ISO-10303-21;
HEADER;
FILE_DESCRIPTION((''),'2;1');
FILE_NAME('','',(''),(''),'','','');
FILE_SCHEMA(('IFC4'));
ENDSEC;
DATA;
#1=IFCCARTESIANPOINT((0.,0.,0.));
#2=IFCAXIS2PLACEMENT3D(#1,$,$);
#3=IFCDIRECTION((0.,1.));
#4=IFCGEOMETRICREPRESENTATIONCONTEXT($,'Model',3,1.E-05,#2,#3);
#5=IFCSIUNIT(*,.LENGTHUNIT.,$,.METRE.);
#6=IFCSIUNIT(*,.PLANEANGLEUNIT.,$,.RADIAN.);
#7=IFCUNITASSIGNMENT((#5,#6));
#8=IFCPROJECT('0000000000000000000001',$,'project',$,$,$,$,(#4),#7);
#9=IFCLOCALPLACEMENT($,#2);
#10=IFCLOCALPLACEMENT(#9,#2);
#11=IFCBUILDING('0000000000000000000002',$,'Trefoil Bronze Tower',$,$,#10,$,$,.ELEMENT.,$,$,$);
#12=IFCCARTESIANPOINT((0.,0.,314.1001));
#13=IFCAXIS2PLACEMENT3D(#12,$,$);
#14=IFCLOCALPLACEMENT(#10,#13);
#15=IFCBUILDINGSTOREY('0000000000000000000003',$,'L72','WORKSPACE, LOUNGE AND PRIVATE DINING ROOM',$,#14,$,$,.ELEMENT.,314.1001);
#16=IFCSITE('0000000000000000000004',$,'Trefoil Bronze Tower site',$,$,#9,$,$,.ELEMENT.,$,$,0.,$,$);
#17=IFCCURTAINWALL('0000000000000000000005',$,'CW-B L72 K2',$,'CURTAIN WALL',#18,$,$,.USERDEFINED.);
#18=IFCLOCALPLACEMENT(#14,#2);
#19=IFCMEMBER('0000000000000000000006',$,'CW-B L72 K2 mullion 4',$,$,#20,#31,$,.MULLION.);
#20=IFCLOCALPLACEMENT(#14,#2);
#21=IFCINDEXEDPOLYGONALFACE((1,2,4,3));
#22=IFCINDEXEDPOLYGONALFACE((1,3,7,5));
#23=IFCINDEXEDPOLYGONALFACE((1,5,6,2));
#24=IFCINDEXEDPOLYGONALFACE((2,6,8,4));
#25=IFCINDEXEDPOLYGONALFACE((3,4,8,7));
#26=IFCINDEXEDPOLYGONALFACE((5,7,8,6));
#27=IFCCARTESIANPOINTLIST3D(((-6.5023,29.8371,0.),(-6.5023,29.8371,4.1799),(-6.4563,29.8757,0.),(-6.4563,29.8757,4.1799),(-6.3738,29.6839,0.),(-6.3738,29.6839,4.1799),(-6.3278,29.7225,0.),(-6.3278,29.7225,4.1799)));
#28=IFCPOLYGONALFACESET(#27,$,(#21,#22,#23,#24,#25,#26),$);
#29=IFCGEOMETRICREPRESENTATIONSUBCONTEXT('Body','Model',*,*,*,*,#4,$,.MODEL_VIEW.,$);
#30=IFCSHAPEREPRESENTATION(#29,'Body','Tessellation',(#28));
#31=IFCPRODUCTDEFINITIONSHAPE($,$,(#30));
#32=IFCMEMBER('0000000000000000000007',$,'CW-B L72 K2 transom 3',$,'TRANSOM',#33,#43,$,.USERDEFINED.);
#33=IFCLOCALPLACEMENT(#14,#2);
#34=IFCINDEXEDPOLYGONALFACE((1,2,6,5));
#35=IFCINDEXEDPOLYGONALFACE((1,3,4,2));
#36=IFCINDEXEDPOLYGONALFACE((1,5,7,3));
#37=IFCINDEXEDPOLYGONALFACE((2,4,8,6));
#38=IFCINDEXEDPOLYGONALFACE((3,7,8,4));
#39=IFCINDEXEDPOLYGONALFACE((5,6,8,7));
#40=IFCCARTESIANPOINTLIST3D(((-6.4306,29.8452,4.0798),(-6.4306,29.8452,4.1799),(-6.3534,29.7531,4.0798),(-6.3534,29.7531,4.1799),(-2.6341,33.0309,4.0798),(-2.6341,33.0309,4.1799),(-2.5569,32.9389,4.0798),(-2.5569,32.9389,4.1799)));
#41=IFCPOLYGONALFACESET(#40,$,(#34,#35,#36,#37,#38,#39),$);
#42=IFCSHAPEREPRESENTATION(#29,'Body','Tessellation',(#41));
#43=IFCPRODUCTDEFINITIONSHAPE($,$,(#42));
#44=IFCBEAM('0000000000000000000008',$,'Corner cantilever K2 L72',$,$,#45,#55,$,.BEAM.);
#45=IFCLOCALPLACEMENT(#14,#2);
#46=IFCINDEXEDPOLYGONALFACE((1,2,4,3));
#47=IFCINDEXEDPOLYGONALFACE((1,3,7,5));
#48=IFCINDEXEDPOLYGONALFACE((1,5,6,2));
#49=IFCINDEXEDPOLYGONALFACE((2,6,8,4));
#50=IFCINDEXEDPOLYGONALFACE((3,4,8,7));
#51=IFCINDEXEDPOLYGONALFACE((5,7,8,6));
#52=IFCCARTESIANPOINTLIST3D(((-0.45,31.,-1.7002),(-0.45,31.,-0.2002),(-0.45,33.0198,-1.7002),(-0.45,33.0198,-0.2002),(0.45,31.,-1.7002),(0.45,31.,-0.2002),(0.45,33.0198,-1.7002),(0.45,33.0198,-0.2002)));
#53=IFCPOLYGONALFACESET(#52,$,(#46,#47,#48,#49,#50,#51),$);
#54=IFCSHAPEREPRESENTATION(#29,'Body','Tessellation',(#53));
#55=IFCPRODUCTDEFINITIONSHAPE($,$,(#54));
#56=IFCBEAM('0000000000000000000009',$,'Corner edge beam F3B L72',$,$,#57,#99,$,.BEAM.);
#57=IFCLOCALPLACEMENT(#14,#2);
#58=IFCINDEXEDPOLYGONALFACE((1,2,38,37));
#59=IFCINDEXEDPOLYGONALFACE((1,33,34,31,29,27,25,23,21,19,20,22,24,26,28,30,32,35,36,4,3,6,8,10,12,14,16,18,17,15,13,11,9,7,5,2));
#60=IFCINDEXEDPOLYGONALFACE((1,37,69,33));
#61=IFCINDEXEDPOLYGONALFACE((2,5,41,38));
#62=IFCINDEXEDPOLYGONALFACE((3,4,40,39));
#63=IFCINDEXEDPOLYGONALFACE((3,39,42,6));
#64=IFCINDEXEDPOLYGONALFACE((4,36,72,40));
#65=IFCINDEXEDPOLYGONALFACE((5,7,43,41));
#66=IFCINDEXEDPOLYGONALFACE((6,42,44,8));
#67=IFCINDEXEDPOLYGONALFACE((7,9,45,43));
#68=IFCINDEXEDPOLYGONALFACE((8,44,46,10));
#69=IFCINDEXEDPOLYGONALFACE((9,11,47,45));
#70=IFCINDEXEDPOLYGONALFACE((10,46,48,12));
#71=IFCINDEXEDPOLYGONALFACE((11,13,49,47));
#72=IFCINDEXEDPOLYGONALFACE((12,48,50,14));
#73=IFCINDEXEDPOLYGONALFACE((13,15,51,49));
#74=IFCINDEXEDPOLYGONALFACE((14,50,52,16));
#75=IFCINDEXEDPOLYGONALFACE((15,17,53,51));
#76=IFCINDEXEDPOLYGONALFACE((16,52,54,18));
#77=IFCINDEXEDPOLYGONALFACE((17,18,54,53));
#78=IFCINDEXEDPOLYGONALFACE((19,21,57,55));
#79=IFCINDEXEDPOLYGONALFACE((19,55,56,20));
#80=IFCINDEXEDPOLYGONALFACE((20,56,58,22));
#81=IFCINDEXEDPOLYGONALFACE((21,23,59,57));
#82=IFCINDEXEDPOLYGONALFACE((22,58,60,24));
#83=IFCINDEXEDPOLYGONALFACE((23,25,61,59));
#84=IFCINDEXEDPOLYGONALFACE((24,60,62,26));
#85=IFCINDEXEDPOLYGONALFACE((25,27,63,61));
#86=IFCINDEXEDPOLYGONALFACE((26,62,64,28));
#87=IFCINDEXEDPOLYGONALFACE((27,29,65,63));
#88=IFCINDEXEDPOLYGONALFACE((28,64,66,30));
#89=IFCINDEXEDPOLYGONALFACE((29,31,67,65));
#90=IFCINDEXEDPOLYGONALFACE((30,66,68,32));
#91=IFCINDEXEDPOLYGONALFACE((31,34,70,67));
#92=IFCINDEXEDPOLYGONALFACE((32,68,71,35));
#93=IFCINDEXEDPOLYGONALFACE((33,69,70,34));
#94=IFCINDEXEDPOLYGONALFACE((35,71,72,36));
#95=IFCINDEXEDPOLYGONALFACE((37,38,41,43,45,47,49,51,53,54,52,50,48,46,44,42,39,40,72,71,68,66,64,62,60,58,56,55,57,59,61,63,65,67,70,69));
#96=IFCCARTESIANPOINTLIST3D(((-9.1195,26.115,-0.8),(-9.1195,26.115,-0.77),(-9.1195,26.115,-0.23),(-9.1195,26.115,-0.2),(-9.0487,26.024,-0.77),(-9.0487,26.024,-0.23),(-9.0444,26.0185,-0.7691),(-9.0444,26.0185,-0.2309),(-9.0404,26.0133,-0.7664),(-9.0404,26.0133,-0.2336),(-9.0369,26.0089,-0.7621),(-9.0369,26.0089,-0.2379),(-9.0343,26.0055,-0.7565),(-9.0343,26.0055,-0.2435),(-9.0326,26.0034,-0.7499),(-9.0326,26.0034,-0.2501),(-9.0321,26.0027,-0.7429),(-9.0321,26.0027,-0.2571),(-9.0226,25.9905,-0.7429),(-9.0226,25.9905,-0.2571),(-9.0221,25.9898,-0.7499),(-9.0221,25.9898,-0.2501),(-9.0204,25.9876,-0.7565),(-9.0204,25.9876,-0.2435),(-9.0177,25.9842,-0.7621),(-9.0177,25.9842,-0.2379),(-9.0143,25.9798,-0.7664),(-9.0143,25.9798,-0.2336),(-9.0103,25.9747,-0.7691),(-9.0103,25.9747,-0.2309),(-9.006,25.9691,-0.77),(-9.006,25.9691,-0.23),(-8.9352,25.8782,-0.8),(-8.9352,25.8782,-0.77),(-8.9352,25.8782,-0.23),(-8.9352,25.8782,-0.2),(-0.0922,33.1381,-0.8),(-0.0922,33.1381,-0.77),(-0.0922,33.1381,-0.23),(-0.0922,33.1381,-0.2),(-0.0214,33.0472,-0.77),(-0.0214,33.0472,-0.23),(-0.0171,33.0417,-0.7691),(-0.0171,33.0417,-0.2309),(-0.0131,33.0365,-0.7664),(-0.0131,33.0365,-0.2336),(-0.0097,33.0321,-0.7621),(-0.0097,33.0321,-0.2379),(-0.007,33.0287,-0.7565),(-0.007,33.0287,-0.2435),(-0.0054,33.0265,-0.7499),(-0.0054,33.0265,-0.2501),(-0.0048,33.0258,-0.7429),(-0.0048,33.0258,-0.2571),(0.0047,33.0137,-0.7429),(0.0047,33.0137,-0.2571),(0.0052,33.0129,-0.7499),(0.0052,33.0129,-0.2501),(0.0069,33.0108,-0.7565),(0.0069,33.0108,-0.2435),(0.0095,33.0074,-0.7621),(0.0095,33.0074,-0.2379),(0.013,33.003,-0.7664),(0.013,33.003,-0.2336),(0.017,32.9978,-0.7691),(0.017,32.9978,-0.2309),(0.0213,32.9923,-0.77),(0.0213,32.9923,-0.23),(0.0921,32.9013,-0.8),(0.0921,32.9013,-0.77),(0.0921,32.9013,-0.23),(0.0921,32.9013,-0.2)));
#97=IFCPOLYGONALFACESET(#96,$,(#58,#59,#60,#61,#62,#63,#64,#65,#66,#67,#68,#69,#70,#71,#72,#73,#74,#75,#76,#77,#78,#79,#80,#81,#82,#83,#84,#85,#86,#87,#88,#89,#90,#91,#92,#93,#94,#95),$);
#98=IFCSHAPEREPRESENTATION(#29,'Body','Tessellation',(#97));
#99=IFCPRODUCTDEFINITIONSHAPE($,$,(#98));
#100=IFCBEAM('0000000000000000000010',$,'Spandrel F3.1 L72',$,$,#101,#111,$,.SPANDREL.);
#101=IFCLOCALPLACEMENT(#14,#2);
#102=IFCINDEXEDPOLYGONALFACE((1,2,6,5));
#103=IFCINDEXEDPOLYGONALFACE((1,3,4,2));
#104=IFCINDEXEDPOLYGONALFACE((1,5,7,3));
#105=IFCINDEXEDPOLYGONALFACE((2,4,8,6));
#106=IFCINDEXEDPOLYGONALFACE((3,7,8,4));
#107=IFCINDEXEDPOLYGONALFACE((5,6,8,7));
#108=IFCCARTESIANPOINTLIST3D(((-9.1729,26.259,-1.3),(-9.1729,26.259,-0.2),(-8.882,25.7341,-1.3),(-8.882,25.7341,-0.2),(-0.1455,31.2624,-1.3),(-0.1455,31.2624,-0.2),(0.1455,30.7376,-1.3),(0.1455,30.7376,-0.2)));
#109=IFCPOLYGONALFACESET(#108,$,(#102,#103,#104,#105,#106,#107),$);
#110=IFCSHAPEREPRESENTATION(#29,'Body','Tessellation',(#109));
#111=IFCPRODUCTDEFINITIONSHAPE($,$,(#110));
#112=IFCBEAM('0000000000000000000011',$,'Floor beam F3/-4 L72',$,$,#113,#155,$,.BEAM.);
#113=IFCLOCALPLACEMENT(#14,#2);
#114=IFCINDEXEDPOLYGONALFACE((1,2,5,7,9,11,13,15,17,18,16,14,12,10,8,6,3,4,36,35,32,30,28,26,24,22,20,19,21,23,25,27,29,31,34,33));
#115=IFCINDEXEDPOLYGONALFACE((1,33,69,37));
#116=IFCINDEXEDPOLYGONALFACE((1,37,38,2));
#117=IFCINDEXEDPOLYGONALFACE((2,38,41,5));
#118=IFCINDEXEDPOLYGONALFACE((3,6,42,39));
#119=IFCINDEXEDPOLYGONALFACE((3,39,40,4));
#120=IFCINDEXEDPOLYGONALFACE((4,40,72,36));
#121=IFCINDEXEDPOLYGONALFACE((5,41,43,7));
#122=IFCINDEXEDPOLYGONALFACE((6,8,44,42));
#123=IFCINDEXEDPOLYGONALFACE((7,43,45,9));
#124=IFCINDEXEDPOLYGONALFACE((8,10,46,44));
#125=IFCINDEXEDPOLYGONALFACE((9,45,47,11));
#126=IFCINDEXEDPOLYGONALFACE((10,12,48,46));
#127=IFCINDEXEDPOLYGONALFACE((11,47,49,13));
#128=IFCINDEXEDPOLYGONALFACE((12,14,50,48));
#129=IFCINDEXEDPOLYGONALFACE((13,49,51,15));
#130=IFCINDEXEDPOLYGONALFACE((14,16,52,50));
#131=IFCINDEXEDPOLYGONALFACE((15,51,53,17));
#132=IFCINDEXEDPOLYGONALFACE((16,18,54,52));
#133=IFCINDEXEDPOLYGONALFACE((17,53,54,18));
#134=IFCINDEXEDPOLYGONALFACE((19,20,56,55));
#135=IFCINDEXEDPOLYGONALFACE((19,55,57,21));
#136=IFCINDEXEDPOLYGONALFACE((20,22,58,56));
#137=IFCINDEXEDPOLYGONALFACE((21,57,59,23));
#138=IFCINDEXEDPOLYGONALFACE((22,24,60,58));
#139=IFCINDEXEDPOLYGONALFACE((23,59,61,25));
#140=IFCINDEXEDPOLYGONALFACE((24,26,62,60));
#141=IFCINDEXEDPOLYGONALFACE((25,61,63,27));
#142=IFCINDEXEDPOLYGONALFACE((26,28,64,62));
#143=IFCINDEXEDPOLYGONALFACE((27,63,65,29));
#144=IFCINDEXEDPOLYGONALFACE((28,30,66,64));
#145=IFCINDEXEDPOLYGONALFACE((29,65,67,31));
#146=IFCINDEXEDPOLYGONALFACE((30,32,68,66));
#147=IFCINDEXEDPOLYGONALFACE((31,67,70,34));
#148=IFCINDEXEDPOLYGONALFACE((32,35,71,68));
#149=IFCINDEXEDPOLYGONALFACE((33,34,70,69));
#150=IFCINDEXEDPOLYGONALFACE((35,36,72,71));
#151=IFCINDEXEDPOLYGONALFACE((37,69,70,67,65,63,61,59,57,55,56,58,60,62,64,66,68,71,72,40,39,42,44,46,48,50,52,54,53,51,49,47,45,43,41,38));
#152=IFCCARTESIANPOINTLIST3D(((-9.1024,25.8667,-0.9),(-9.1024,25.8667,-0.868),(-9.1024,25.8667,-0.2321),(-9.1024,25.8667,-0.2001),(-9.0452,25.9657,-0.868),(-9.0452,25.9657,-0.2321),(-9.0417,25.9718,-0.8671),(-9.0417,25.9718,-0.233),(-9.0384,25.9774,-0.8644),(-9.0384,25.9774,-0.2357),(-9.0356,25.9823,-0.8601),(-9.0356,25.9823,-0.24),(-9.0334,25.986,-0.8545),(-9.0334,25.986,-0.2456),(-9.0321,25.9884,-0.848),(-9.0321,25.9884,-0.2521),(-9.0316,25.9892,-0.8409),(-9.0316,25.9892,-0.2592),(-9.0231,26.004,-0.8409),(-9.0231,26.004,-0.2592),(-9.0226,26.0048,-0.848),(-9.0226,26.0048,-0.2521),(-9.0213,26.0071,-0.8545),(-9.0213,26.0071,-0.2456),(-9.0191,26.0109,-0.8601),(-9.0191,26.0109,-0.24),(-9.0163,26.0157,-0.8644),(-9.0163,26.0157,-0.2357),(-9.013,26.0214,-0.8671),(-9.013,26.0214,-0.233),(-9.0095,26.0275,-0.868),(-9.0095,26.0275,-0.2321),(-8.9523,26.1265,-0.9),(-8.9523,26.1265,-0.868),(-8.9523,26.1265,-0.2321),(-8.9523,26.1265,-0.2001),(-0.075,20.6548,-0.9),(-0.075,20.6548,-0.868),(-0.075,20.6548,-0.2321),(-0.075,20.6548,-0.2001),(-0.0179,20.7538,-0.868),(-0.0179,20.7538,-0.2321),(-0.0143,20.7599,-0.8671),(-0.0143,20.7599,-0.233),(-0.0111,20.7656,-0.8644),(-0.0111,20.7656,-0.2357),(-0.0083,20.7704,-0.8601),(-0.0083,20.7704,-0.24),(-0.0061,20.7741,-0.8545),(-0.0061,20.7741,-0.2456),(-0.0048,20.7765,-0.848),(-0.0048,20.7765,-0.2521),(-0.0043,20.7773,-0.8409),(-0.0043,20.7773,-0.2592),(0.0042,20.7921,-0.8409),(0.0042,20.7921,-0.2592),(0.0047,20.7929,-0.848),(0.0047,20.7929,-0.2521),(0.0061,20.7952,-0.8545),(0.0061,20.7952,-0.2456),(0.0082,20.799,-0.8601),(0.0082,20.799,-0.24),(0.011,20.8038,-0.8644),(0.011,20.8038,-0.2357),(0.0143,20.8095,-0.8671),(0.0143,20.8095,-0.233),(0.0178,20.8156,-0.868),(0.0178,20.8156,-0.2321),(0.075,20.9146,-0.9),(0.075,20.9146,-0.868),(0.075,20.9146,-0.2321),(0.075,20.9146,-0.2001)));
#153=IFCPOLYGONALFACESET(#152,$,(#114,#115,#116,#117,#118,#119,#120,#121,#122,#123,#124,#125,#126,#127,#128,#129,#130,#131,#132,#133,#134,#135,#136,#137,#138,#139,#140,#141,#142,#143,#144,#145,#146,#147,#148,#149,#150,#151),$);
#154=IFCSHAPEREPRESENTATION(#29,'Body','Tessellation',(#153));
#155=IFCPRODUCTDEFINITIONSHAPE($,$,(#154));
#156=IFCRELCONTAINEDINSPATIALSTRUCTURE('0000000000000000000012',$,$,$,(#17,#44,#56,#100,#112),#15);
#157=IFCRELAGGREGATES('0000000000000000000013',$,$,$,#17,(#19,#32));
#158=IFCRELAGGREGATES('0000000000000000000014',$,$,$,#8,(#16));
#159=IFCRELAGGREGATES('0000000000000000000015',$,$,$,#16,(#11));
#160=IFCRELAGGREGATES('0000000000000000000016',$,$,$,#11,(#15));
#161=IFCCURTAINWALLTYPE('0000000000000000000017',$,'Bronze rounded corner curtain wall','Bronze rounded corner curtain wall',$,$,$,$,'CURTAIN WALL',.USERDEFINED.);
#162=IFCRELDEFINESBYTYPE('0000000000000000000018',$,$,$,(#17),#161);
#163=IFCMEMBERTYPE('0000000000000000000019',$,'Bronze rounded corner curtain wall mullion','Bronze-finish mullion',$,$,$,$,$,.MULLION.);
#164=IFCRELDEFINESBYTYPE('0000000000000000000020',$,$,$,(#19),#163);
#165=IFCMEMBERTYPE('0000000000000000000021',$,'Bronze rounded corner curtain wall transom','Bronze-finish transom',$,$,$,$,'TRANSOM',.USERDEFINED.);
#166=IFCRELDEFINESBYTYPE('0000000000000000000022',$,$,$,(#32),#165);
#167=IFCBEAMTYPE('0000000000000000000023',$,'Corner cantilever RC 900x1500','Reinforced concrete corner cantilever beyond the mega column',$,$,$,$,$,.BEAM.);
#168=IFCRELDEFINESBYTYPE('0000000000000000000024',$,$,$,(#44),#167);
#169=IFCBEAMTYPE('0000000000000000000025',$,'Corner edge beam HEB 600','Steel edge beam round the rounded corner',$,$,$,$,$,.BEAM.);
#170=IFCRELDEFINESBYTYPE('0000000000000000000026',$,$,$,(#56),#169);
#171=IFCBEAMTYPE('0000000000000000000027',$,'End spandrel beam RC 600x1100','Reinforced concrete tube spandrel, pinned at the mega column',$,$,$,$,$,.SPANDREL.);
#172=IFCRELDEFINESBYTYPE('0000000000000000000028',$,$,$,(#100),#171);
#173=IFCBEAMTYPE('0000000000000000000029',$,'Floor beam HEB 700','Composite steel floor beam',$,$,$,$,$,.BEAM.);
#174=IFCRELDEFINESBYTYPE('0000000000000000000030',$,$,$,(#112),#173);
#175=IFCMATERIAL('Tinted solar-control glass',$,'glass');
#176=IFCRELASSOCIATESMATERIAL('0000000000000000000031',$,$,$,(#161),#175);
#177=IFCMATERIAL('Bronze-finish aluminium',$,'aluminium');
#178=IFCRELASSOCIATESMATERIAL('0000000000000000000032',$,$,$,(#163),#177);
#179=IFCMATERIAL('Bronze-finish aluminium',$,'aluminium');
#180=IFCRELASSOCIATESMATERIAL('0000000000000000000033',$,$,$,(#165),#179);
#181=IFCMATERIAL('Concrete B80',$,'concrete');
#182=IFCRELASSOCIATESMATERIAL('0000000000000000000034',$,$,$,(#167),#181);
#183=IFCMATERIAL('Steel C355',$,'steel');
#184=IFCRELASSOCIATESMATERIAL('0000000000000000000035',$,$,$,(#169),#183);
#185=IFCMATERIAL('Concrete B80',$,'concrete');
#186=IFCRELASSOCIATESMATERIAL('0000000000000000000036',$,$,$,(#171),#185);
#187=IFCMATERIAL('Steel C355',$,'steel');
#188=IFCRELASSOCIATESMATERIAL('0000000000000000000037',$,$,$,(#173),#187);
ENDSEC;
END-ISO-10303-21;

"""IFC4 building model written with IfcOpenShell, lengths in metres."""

from ifc_helpers import new_model, si_unit, direction, frame, origin, origin_2d, place, context, subcontext, project, spatial, rectangle, i_section, extrude, material, material_profile, profile_set, type_object, element, aggregate, save


model = new_model("IFC4")

# Units and contexts
model_context = context("Model", 3, precision=1e-05, world=origin(), true_north=direction((0.0, 1.0)))
body_context = subcontext(model_context, "Body", "Model", "MODEL_VIEW")
ifc_project = project(units=[si_unit("LENGTHUNIT", "METRE"), si_unit("PLANEANGLEUNIT", "RADIAN")], contexts=[model_context])

# Site, building, storey
site_placement = place(None, origin())
site = spatial("IfcSite", under=ifc_project, at=site_placement, Name="Trefoil Bronze Tower site", CompositionType="ELEMENT", RefElevation=0.0)
building_placement = place(site_placement, origin())
building = spatial("IfcBuilding", under=site, at=building_placement, Name="Trefoil Bronze Tower", CompositionType="ELEMENT")
storey_placement = place(building_placement, frame((0.0, 0.0, 314.1001)))
storey = spatial("IfcBuildingStorey", under=building, at=storey_placement, Name="L72", Description="WORKSPACE, LOUNGE AND PRIVATE DINING ROOM", CompositionType="ELEMENT", Elevation=314.1001)

# Curtain wall, members
ifc_material_1 = material(Name="Tinted solar-control glass", Category="glass")
curtain_wall_type_1 = type_object("IfcCurtainWallType", Name="Bronze rounded corner curtain wall", Description="Bronze rounded corner curtain wall", ElementType="CURTAIN WALL", PredefinedType="USERDEFINED", material=ifc_material_1)
curtain_wall_1_placement = place(storey_placement, origin())
curtain_wall_1 = element("IfcCurtainWall", 1, at=curtain_wall_1_placement, inside=storey, type_object=curtain_wall_type_1, Name="CW-B L72 K2", ObjectType="CURTAIN WALL", PredefinedType="USERDEFINED")
ifc_material_2 = material(Name="Bronze-finish aluminium", Category="aluminium")
ifc_material_profile_1 = material_profile(ifc_material_2, rectangle(XDim=0.2, YDim=0.0601, at=origin_2d()), Name="CW-B mullion")
ifc_profile_set_1 = profile_set([ifc_material_profile_1], Name="Bronze-finish aluminium")
member_type_1 = type_object("IfcMemberType", Name="Bronze rounded corner curtain wall mullion", Description="Bronze-finish mullion", PredefinedType="MULLION", material=ifc_profile_set_1)
member_1_placement = place(storey_placement, frame((-6.415, 29.7798, 0.0), z_axis=(0.0, 0.0, 1.0), x_axis=(0.642788, -0.766044, 0.0)))
member_1 = element("IfcMember", 2, at=member_1_placement, type_object=member_type_1, Name="CW-B L72 K2 mullion 4", PredefinedType="MULLION", context=body_context, shape_type="SweptSolid", body=[
    extrude(rectangle(XDim=0.2, YDim=0.0601, at=origin_2d()), origin(), (0.0, 0.0, 1.0), 4.1799),
])
ifc_material_3 = material(Name="Bronze-finish aluminium", Category="aluminium")
ifc_material_profile_2 = material_profile(ifc_material_3, rectangle(XDim=0.1201, YDim=0.1001, at=origin_2d()), Name="CW-B transom")
ifc_profile_set_2 = profile_set([ifc_material_profile_2], Name="Bronze-finish aluminium")
member_type_2 = type_object("IfcMemberType", Name="Bronze rounded corner curtain wall transom", Description="Bronze-finish transom", ElementType="TRANSOM", PredefinedType="USERDEFINED", material=ifc_profile_set_2)
member_2_placement = place(storey_placement, frame((-2.5955, 32.9849, 4.1299), z_axis=(-0.766041, -0.642792, 0.0), x_axis=(0.642792, -0.766041, 0.0)))
member_2 = element("IfcMember", 3, at=member_2_placement, type_object=member_type_2, Name="CW-B L72 K2 transom 3", ObjectType="TRANSOM", PredefinedType="USERDEFINED", context=body_context, shape_type="SweptSolid", body=[
    extrude(rectangle(XDim=0.1201, YDim=0.1001, at=origin_2d()), origin(), (0.0, 0.0, 1.0), 4.9561),
])

# Beams
ifc_material_4 = material(Name="Concrete B80", Category="concrete")
ifc_material_profile_3 = material_profile(ifc_material_4, rectangle(XDim=0.8999, YDim=1.5, at=origin_2d()), Name="RC 900x1500")
ifc_profile_set_3 = profile_set([ifc_material_profile_3], Name="Concrete B80")
beam_type_1 = type_object("IfcBeamType", Name="Corner cantilever RC 900x1500", Description="Reinforced concrete corner cantilever beyond the mega column", PredefinedType="BEAM", material=ifc_profile_set_3)
beam_1_placement = place(storey_placement, frame((0.0, 31.0, -0.9502), z_axis=(0.0, 1.0, 0.0), x_axis=(-1.0, 0.0, 0.0)))
element("IfcBeam", 4, at=beam_1_placement, inside=storey, type_object=beam_type_1, Name="Corner cantilever K2 L72", PredefinedType="BEAM", context=body_context, shape_type="SweptSolid", body=[
    extrude(rectangle(XDim=0.8999, YDim=1.5, at=origin_2d()), origin(), (0.0, 0.0, 1.0), 2.0198),
])
ifc_material_5 = material(Name="Steel C355", Category="steel")
ifc_material_profile_4 = material_profile(ifc_material_5, i_section(OverallWidth=0.3, OverallDepth=0.6001, WebThickness=0.0154, FlangeThickness=0.03, FilletRadius=0.0271, at=origin_2d()), Name="HEB 600")
ifc_profile_set_4 = profile_set([ifc_material_profile_4], Name="Steel C355")
beam_type_2 = type_object("IfcBeamType", Name="Corner edge beam HEB 600", Description="Steel edge beam round the rounded corner", PredefinedType="BEAM", material=ifc_profile_set_4)
beam_2_placement = place(storey_placement, frame((-9.0273, 25.9966, -0.5), z_axis=(0.789271, 0.614046, 0.0), x_axis=(-0.614046, 0.789271, 0.0)))
element("IfcBeam", 5, at=beam_2_placement, inside=storey, type_object=beam_type_2, Name="Corner edge beam F3B L72", PredefinedType="BEAM", context=body_context, shape_type="SweptSolid", body=[
    extrude(i_section(OverallWidth=0.3, OverallDepth=0.6001, WebThickness=0.0154, FlangeThickness=0.03, FilletRadius=0.0271, at=origin_2d()), origin(), (0.0, 0.0, 1.0), 11.4375),
])
ifc_material_6 = material(Name="Concrete B80", Category="concrete")
ifc_material_profile_5 = material_profile(ifc_material_6, rectangle(XDim=0.6001, YDim=1.1001, at=origin_2d()), Name="RC 600x1100")
ifc_profile_set_5 = profile_set([ifc_material_profile_5], Name="Concrete B80")
beam_type_3 = type_object("IfcBeamType", Name="End spandrel beam RC 600x1100", Description="Reinforced concrete tube spandrel, pinned at the mega column", PredefinedType="SPANDREL", material=ifc_profile_set_5)
beam_3_placement = place(storey_placement, frame((0.0, 31.0, -0.75), z_axis=(-0.874641, -0.484771, 0.0), x_axis=(0.484771, -0.874641, 0.0)))
element("IfcBeam", 6, at=beam_3_placement, inside=storey, type_object=beam_type_3, Name="Spandrel F3.1 L72", PredefinedType="SPANDREL", context=body_context, shape_type="SweptSolid", body=[
    extrude(rectangle(XDim=0.6001, YDim=1.1001, at=origin_2d()), origin(), (0.0, 0.0, 1.0), 10.3213),
])
ifc_material_7 = material(Name="Steel C355", Category="steel")
ifc_material_profile_6 = material_profile(ifc_material_7, i_section(OverallWidth=0.3, OverallDepth=0.7, WebThickness=0.0171, FlangeThickness=0.032, FilletRadius=0.0271, at=origin_2d()), Name="HEB 700")
ifc_profile_set_6 = profile_set([ifc_material_profile_6], Name="Steel C355")
beam_type_4 = type_object("IfcBeamType", Name="Floor beam HEB 700", Description="Composite steel floor beam", PredefinedType="BEAM", material=ifc_profile_set_6)
beam_4_placement = place(storey_placement, frame((-9.0273, 25.9966, -0.55), z_axis=(0.866026, -0.499998, 0.0), x_axis=(0.499998, 0.866026, 0.0)))
element("IfcBeam", 7, at=beam_4_placement, inside=storey, type_object=beam_type_4, Name="Floor beam F3/-4 L72", PredefinedType="BEAM", context=body_context, shape_type="SweptSolid", body=[
    extrude(i_section(OverallWidth=0.3, OverallDepth=0.7, WebThickness=0.0171, FlangeThickness=0.032, FilletRadius=0.0271, at=origin_2d()), origin(), (0.0, 0.0, 1.0), 10.4238),
])

aggregate(curtain_wall_1, [member_1, member_2])

save(model, "model.ifc")
